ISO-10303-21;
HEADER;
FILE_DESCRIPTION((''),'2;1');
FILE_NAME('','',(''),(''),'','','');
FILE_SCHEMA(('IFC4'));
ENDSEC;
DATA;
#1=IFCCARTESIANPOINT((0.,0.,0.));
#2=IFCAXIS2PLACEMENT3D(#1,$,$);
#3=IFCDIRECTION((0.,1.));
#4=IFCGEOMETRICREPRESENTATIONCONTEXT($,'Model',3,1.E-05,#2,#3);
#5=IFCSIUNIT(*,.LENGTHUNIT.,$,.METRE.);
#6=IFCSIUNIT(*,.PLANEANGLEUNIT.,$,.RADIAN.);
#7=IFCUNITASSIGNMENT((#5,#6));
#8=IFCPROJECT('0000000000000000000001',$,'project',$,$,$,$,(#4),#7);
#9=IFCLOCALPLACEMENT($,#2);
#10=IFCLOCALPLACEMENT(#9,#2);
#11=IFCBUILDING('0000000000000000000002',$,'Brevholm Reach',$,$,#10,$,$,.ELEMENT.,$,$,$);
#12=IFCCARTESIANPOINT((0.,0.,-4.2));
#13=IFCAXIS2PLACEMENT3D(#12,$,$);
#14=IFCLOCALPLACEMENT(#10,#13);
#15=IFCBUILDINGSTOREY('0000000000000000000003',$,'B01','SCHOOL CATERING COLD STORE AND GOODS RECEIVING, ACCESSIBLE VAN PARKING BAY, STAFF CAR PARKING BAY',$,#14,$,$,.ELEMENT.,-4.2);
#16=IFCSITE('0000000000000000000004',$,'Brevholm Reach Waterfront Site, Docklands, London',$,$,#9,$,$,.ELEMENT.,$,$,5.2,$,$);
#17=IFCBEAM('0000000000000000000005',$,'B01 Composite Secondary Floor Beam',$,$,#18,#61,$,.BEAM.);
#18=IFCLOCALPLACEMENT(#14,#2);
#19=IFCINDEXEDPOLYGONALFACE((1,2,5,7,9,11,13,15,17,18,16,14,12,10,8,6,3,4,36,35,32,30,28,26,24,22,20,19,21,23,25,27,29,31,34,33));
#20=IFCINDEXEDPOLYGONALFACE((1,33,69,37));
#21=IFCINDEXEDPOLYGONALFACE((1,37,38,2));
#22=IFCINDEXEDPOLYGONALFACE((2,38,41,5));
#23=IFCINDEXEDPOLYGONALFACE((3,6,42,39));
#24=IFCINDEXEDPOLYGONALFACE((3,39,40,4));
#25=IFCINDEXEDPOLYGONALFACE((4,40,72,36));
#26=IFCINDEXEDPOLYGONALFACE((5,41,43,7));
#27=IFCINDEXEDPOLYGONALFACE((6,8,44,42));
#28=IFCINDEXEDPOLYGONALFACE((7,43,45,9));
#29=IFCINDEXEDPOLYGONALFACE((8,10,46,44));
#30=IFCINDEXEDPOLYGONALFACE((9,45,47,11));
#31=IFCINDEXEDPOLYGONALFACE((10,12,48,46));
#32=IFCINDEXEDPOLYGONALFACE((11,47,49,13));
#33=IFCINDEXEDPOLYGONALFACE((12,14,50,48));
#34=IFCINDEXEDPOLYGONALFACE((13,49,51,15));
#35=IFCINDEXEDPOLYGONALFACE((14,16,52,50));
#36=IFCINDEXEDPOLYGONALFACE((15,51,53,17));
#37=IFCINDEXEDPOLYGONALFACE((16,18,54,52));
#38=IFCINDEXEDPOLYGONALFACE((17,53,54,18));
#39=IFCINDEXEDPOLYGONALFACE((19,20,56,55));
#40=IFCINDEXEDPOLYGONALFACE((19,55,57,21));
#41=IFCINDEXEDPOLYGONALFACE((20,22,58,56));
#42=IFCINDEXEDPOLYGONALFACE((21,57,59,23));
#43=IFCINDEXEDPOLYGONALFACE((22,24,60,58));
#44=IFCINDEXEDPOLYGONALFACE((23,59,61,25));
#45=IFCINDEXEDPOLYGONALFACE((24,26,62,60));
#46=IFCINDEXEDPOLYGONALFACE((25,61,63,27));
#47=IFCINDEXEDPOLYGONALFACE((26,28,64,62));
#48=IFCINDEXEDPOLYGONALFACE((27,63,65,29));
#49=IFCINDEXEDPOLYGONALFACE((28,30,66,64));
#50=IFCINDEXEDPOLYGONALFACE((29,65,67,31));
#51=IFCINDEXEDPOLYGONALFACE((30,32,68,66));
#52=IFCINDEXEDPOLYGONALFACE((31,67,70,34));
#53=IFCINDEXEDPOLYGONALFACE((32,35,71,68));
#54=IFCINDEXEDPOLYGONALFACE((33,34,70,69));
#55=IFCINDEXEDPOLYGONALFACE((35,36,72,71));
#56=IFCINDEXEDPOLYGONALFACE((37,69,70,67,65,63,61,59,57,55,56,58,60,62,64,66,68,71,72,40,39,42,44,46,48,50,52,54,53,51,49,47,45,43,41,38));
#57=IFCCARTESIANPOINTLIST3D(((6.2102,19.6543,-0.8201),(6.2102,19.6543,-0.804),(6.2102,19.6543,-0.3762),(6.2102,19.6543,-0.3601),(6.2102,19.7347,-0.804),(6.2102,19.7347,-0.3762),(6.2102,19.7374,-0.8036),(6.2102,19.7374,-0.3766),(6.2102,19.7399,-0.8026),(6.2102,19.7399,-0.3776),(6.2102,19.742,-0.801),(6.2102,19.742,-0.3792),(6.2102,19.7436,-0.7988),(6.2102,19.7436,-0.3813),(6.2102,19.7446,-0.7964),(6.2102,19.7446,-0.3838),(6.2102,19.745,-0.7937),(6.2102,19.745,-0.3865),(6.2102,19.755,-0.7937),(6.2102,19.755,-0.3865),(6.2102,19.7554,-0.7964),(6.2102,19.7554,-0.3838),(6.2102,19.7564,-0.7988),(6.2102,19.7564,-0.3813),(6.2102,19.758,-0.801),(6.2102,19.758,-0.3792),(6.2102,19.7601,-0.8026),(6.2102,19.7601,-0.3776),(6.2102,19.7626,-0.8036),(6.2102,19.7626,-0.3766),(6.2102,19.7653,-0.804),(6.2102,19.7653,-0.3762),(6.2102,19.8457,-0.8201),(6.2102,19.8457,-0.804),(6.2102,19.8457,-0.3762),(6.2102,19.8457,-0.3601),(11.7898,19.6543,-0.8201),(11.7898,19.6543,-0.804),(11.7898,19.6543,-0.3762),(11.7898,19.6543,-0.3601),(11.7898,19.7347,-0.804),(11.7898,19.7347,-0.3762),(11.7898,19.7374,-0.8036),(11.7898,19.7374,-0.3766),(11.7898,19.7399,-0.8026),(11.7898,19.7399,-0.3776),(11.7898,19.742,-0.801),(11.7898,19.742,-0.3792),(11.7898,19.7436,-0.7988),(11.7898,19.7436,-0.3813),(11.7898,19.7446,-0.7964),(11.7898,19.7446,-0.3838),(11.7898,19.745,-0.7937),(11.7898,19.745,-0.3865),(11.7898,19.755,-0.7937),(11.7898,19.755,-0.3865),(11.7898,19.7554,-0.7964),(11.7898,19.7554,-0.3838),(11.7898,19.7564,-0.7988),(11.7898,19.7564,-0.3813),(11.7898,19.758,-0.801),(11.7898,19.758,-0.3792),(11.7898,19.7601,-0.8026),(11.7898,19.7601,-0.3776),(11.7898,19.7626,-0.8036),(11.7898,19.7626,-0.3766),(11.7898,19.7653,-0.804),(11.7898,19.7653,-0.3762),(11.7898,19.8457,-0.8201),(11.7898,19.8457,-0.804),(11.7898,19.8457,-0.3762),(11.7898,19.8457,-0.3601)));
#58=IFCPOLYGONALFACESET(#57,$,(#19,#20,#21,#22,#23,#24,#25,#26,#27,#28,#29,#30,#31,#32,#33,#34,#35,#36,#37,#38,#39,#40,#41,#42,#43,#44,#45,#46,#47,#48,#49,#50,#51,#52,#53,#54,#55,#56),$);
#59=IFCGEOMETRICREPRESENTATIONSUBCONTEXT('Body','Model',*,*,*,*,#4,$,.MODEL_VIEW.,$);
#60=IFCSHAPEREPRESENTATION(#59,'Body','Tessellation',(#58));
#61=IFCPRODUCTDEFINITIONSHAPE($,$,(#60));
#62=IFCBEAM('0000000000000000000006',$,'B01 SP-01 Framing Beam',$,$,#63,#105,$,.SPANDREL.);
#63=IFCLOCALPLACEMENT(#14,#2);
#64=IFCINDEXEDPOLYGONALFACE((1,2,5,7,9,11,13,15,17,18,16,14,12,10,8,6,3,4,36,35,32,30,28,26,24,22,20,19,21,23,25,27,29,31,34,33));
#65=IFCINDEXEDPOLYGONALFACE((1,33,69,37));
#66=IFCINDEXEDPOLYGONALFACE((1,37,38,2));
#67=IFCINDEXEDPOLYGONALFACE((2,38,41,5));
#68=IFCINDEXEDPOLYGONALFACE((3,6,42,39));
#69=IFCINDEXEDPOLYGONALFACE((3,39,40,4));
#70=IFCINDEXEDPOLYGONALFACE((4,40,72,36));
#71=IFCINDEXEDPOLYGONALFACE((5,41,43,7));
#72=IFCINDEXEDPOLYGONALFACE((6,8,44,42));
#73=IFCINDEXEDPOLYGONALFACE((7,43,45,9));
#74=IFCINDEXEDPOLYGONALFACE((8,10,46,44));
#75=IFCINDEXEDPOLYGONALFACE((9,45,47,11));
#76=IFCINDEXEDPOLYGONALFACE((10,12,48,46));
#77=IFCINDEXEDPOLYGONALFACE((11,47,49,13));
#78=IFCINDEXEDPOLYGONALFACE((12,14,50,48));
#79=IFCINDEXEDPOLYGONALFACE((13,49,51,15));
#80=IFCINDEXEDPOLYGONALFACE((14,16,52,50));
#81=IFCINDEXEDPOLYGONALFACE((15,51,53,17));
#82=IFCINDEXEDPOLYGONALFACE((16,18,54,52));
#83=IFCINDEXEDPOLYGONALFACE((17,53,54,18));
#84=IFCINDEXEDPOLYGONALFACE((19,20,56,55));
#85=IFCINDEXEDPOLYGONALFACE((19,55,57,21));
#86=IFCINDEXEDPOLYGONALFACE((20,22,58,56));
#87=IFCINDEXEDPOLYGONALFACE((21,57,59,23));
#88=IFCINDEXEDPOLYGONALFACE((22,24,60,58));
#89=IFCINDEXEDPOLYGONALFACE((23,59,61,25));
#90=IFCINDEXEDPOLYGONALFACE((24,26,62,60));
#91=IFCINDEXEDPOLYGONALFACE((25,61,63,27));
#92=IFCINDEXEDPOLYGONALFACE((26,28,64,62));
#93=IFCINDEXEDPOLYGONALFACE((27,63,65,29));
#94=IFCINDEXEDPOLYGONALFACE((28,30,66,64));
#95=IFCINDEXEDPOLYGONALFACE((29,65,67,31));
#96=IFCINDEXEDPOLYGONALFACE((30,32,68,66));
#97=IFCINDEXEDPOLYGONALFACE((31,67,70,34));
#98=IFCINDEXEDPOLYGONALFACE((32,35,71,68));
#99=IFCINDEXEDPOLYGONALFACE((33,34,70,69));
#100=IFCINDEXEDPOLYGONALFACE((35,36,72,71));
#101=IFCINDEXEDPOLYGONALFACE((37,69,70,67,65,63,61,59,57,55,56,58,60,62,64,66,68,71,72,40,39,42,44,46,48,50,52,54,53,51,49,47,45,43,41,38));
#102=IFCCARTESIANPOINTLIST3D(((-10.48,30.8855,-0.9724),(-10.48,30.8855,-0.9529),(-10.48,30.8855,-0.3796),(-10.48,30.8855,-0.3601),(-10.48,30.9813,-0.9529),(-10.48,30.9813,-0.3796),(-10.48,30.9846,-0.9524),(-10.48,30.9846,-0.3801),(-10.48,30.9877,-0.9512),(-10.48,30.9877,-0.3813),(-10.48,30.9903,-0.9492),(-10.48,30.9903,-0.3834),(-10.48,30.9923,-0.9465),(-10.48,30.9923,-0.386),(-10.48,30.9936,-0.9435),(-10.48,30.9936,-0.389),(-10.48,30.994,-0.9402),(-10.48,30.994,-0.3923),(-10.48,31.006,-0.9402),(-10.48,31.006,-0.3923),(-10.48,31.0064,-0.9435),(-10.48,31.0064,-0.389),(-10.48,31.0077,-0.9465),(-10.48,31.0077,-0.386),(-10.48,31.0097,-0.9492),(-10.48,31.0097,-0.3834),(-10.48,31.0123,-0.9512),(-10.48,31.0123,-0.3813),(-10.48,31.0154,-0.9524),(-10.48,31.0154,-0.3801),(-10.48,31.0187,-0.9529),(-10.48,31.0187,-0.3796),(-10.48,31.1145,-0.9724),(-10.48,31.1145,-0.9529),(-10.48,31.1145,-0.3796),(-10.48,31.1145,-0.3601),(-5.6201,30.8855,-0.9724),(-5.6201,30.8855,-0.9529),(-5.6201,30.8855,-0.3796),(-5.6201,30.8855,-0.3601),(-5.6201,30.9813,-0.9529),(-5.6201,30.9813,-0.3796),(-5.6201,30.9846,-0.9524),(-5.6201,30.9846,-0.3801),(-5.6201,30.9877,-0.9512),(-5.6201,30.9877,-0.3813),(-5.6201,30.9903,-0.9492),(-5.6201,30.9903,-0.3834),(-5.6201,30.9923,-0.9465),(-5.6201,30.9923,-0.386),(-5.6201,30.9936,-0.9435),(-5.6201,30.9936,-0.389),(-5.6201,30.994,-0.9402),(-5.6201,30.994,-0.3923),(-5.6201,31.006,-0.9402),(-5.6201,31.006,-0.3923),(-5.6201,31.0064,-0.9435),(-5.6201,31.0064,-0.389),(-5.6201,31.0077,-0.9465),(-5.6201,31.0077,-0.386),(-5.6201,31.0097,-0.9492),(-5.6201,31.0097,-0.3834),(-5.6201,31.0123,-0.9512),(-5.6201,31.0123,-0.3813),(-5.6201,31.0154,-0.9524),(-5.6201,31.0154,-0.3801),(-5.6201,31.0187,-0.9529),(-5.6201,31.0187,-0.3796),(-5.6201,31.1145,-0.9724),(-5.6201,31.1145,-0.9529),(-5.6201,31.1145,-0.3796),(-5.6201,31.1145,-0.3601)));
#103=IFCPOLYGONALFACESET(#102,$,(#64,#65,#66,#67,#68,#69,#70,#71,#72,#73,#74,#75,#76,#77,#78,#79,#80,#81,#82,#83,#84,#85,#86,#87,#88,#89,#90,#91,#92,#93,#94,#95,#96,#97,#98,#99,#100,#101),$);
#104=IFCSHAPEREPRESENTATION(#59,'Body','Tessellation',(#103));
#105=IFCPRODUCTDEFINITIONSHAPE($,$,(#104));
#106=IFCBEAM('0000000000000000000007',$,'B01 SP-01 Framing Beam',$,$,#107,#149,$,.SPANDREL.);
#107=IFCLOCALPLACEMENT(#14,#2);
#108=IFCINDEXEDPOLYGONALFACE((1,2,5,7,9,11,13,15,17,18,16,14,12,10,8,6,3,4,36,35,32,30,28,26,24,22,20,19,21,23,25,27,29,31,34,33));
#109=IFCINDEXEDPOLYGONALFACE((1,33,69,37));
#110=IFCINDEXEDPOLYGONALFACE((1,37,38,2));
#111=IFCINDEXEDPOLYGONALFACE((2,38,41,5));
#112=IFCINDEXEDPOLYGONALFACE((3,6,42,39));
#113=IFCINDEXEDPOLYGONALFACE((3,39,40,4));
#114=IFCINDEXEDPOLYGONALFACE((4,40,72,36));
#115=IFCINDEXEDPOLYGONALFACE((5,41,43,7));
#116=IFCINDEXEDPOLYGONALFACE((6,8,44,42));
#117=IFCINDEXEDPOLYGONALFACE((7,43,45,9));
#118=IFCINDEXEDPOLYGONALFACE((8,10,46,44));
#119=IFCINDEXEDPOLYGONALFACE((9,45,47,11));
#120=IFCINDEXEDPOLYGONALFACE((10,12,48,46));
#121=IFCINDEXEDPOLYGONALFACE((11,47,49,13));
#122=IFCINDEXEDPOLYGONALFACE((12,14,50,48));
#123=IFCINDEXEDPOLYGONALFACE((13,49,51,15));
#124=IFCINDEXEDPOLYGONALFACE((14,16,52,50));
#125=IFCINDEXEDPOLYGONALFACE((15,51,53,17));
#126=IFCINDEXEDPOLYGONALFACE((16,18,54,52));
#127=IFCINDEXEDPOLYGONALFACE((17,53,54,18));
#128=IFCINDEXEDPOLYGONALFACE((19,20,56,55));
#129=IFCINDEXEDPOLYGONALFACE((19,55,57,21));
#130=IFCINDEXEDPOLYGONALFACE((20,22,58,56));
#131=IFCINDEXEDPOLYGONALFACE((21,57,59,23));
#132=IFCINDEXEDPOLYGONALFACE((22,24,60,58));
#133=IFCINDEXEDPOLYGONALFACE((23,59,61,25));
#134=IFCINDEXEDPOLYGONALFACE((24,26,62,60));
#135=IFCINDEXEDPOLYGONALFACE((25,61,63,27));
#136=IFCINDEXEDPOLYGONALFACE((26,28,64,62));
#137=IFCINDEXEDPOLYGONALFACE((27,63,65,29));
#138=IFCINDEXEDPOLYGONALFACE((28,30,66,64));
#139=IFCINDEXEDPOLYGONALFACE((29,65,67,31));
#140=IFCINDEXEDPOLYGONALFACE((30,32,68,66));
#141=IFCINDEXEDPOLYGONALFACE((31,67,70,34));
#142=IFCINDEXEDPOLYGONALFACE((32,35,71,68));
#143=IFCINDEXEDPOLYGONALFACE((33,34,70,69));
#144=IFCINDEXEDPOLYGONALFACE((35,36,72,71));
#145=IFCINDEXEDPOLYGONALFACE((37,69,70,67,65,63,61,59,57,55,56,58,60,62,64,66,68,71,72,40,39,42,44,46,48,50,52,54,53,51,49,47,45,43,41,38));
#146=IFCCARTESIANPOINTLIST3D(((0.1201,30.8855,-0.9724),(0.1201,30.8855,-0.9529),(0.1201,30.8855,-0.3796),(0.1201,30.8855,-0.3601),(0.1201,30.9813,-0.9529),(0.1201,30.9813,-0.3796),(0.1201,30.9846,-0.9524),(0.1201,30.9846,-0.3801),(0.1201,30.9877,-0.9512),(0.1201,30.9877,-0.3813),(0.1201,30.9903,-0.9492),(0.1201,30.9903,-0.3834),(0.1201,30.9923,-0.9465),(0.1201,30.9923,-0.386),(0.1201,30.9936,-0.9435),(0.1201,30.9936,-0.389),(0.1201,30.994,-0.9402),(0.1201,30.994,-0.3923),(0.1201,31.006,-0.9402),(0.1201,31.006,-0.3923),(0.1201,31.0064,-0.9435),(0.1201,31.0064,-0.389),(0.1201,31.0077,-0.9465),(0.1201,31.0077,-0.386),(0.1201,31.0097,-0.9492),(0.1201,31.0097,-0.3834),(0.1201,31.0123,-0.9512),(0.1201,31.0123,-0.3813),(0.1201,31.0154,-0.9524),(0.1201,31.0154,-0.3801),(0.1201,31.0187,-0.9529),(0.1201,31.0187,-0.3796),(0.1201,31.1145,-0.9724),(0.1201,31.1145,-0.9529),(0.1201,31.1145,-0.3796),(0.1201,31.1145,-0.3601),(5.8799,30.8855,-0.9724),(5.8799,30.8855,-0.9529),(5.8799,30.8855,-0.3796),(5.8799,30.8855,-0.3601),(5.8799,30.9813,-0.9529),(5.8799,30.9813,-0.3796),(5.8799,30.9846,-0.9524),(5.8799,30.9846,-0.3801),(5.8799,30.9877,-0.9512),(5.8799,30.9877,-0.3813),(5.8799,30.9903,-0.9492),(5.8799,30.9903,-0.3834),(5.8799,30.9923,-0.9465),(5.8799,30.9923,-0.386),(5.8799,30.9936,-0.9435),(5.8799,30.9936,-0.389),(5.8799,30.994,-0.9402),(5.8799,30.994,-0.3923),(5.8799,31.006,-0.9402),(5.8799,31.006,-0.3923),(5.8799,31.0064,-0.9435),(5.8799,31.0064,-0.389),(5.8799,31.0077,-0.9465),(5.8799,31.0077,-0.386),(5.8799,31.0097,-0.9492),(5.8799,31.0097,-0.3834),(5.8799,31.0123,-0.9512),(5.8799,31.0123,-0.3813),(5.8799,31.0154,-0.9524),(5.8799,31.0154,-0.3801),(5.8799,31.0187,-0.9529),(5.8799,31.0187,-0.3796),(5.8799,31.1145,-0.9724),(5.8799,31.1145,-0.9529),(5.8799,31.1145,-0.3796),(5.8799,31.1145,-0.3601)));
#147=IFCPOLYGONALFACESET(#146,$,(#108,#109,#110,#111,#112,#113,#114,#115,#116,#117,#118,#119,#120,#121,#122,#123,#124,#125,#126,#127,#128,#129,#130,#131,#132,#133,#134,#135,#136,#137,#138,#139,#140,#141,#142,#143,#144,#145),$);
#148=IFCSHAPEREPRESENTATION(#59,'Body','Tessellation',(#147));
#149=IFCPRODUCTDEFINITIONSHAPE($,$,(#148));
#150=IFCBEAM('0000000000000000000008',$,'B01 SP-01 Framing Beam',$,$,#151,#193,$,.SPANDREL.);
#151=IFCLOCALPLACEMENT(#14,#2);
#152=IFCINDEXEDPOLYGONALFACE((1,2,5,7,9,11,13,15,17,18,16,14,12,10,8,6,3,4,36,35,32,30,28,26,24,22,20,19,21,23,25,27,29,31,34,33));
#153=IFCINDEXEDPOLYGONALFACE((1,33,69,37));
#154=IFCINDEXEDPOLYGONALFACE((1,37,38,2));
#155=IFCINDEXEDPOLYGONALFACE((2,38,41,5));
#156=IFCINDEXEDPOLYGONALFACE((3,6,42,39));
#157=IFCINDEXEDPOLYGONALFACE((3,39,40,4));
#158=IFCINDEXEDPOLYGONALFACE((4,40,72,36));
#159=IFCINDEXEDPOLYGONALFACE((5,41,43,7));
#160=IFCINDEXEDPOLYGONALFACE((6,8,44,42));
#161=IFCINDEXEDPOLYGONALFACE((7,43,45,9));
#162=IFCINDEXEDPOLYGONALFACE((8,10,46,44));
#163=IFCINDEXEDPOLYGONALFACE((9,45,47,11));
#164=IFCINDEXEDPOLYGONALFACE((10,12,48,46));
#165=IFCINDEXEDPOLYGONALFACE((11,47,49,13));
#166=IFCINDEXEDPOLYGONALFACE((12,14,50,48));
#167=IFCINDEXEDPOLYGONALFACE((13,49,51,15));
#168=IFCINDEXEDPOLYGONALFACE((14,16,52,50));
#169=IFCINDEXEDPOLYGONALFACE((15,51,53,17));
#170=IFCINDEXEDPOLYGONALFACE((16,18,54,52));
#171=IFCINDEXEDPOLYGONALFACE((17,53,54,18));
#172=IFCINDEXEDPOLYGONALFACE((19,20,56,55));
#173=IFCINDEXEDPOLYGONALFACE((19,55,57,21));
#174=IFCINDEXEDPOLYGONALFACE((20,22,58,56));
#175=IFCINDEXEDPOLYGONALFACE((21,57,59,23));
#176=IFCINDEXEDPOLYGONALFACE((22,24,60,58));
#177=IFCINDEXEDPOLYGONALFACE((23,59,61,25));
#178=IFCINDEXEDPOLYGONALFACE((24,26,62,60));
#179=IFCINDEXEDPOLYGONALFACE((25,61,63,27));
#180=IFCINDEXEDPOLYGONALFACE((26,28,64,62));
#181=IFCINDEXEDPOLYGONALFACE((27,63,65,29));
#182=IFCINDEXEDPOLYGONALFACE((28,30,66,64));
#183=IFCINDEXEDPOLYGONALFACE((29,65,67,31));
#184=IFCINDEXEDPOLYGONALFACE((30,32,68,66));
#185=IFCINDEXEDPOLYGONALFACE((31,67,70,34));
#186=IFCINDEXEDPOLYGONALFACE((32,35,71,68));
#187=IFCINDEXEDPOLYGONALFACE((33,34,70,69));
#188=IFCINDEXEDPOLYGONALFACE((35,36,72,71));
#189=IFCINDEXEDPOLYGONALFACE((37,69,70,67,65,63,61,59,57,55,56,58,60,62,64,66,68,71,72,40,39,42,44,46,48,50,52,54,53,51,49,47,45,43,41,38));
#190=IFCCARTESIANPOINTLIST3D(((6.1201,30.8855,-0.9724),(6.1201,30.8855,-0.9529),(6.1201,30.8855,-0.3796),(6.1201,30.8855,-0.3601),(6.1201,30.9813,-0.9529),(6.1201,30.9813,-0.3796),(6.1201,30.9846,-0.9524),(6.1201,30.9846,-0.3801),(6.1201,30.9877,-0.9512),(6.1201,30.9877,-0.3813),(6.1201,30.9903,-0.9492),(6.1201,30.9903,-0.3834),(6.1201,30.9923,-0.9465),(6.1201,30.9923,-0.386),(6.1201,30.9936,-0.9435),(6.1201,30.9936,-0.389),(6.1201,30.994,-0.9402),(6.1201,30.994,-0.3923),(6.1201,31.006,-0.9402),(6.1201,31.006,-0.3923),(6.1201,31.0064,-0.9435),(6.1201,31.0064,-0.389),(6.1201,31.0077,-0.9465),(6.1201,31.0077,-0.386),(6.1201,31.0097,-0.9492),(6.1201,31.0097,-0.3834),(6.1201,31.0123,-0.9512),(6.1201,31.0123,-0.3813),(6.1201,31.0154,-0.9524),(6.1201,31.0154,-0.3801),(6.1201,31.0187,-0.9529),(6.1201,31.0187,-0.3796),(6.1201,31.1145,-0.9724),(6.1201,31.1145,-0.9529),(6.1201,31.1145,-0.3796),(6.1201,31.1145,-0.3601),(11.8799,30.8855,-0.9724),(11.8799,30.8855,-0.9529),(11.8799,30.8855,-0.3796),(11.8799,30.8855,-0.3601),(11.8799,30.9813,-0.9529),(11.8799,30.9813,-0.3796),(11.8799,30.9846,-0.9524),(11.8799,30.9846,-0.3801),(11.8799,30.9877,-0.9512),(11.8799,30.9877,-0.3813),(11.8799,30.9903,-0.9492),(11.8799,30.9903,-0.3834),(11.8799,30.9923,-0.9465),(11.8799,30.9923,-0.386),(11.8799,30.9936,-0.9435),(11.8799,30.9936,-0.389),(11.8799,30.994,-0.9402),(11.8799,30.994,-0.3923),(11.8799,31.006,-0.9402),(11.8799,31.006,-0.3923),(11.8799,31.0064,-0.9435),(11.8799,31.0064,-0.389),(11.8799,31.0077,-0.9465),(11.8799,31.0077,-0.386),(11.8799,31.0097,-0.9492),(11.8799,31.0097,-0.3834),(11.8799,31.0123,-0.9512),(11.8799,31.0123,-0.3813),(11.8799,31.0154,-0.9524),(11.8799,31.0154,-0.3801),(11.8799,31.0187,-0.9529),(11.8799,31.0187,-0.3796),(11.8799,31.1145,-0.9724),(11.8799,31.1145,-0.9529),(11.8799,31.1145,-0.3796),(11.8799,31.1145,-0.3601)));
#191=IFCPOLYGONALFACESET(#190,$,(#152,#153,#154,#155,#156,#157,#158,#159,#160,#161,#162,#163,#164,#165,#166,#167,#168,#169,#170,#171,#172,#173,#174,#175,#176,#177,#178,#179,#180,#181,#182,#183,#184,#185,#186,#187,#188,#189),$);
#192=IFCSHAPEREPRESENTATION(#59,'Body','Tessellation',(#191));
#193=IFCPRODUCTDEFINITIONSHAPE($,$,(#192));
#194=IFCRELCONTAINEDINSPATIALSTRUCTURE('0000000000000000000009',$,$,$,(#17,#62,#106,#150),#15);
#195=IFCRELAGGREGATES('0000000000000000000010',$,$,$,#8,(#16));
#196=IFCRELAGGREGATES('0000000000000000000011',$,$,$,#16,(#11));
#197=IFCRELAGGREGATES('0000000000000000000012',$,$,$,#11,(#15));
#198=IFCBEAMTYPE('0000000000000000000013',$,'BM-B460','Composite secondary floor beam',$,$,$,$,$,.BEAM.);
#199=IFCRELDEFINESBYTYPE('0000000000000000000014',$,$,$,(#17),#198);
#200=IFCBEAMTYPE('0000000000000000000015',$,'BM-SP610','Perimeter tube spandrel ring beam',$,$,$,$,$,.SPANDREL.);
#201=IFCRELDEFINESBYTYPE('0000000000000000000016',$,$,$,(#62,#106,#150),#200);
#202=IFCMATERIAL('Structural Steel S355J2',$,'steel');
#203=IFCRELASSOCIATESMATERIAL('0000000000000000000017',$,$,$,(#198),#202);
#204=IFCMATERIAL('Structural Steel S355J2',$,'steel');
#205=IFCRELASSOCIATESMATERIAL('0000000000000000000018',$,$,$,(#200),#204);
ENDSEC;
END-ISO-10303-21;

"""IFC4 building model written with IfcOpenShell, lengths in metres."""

from ifc_helpers import new_model, si_unit, direction, frame, origin, origin_2d, place, context, subcontext, project, spatial, i_section, extrude, material, material_profile, profile_set, type_object, element, save


model = new_model("IFC4")

# Units and contexts
model_context = context("Model", 3, precision=1e-05, world=origin(), true_north=direction((0.0, 1.0)))
body_context = subcontext(model_context, "Body", "Model", "MODEL_VIEW")
ifc_project = project(units=[si_unit("LENGTHUNIT", "METRE"), si_unit("PLANEANGLEUNIT", "RADIAN")], contexts=[model_context])

# Site, building, storey
site_placement = place(None, origin())
site = spatial("IfcSite", under=ifc_project, at=site_placement, Name="Brevholm Reach Waterfront Site, Docklands, London", CompositionType="ELEMENT", RefElevation=5.2)
building_placement = place(site_placement, origin())
building = spatial("IfcBuilding", under=site, at=building_placement, Name="Brevholm Reach", CompositionType="ELEMENT")
storey_placement = place(building_placement, frame((0.0, 0.0, -4.2)))
storey = spatial("IfcBuildingStorey", under=building, at=storey_placement, Name="B01", Description="SCHOOL CATERING COLD STORE AND GOODS RECEIVING, ACCESSIBLE VAN PARKING BAY, STAFF CAR PARKING BAY", CompositionType="ELEMENT", Elevation=-4.2)

# Beams
ifc_material_1 = material(Name="Structural Steel S355J2", Category="steel")
ifc_material_profile_1 = material_profile(ifc_material_1, i_section(OverallWidth=0.1914, OverallDepth=0.46, WebThickness=0.01, FlangeThickness=0.0161, FilletRadius=0.0103, at=origin_2d()), Name="UKB 457x191x82")
ifc_profile_set_1 = profile_set([ifc_material_profile_1], Name="Structural Steel S355J2")
beam_type_1 = type_object("IfcBeamType", Name="BM-B460", Description="Composite secondary floor beam", PredefinedType="BEAM", material=ifc_profile_set_1)
beam_1_placement = place(storey_placement, frame((6.2102, 19.75, -0.5901), z_axis=(1.0, 0.0, 0.0), x_axis=(0.0, 1.0, 0.0)))
element("IfcBeam", 1, at=beam_1_placement, inside=storey, type_object=beam_type_1, Name="B01 Composite Secondary Floor Beam", PredefinedType="BEAM", context=body_context, shape_type="SweptSolid", body=[
    extrude(i_section(OverallWidth=0.1914, OverallDepth=0.46, WebThickness=0.01, FlangeThickness=0.0161, FilletRadius=0.0103, at=origin_2d()), origin(), (0.0, 0.0, 1.0), 5.5796),
])
ifc_material_2 = material(Name="Structural Steel S355J2", Category="steel")
ifc_material_profile_2 = material_profile(ifc_material_2, i_section(OverallWidth=0.229, OverallDepth=0.6123, WebThickness=0.012, FlangeThickness=0.0195, FilletRadius=0.0127, at=origin_2d()), Name="UKB 610x229x125")
ifc_profile_set_2 = profile_set([ifc_material_profile_2], Name="Structural Steel S355J2")
beam_type_2 = type_object("IfcBeamType", Name="BM-SP610", Description="Perimeter tube spandrel ring beam", PredefinedType="SPANDREL", material=ifc_profile_set_2)
beam_2_placement = place(storey_placement, frame((-10.48, 31.0, -0.6663), z_axis=(1.0, 0.0, 0.0), x_axis=(0.0, 1.0, 0.0)))
element("IfcBeam", 2, at=beam_2_placement, inside=storey, type_object=beam_type_2, Name="B01 SP-01 Framing Beam", PredefinedType="SPANDREL", context=body_context, shape_type="SweptSolid", body=[
    extrude(i_section(OverallWidth=0.229, OverallDepth=0.6123, WebThickness=0.012, FlangeThickness=0.0195, FilletRadius=0.0127, at=origin_2d()), origin(), (0.0, 0.0, 1.0), 4.8599),
])
for number, where, z_axis, x_axis, name in (
    (3, (0.1201, 31.0, -0.6663), (1.0, 0.0, 0.0), (0.0, 1.0, 0.0), "B01 SP-01 Framing Beam"),
    (4, (6.1201, 31.0, -0.6663), (1.0, 0.0, 0.0), (0.0, 1.0, 0.0), "B01 SP-01 Framing Beam"),
):
    element("IfcBeam", number, at=place(storey_placement, frame(where, z_axis=z_axis, x_axis=x_axis)), inside=storey, type_object=beam_type_2, Name=name, PredefinedType="SPANDREL", context=body_context, shape_type="SweptSolid", body=[
        extrude(i_section(OverallWidth=0.229, OverallDepth=0.6123, WebThickness=0.012, FlangeThickness=0.0195, FilletRadius=0.0127, at=origin_2d()), origin(), (0.0, 0.0, 1.0), 5.7598),
    ])

save(model, "model.ifc")
